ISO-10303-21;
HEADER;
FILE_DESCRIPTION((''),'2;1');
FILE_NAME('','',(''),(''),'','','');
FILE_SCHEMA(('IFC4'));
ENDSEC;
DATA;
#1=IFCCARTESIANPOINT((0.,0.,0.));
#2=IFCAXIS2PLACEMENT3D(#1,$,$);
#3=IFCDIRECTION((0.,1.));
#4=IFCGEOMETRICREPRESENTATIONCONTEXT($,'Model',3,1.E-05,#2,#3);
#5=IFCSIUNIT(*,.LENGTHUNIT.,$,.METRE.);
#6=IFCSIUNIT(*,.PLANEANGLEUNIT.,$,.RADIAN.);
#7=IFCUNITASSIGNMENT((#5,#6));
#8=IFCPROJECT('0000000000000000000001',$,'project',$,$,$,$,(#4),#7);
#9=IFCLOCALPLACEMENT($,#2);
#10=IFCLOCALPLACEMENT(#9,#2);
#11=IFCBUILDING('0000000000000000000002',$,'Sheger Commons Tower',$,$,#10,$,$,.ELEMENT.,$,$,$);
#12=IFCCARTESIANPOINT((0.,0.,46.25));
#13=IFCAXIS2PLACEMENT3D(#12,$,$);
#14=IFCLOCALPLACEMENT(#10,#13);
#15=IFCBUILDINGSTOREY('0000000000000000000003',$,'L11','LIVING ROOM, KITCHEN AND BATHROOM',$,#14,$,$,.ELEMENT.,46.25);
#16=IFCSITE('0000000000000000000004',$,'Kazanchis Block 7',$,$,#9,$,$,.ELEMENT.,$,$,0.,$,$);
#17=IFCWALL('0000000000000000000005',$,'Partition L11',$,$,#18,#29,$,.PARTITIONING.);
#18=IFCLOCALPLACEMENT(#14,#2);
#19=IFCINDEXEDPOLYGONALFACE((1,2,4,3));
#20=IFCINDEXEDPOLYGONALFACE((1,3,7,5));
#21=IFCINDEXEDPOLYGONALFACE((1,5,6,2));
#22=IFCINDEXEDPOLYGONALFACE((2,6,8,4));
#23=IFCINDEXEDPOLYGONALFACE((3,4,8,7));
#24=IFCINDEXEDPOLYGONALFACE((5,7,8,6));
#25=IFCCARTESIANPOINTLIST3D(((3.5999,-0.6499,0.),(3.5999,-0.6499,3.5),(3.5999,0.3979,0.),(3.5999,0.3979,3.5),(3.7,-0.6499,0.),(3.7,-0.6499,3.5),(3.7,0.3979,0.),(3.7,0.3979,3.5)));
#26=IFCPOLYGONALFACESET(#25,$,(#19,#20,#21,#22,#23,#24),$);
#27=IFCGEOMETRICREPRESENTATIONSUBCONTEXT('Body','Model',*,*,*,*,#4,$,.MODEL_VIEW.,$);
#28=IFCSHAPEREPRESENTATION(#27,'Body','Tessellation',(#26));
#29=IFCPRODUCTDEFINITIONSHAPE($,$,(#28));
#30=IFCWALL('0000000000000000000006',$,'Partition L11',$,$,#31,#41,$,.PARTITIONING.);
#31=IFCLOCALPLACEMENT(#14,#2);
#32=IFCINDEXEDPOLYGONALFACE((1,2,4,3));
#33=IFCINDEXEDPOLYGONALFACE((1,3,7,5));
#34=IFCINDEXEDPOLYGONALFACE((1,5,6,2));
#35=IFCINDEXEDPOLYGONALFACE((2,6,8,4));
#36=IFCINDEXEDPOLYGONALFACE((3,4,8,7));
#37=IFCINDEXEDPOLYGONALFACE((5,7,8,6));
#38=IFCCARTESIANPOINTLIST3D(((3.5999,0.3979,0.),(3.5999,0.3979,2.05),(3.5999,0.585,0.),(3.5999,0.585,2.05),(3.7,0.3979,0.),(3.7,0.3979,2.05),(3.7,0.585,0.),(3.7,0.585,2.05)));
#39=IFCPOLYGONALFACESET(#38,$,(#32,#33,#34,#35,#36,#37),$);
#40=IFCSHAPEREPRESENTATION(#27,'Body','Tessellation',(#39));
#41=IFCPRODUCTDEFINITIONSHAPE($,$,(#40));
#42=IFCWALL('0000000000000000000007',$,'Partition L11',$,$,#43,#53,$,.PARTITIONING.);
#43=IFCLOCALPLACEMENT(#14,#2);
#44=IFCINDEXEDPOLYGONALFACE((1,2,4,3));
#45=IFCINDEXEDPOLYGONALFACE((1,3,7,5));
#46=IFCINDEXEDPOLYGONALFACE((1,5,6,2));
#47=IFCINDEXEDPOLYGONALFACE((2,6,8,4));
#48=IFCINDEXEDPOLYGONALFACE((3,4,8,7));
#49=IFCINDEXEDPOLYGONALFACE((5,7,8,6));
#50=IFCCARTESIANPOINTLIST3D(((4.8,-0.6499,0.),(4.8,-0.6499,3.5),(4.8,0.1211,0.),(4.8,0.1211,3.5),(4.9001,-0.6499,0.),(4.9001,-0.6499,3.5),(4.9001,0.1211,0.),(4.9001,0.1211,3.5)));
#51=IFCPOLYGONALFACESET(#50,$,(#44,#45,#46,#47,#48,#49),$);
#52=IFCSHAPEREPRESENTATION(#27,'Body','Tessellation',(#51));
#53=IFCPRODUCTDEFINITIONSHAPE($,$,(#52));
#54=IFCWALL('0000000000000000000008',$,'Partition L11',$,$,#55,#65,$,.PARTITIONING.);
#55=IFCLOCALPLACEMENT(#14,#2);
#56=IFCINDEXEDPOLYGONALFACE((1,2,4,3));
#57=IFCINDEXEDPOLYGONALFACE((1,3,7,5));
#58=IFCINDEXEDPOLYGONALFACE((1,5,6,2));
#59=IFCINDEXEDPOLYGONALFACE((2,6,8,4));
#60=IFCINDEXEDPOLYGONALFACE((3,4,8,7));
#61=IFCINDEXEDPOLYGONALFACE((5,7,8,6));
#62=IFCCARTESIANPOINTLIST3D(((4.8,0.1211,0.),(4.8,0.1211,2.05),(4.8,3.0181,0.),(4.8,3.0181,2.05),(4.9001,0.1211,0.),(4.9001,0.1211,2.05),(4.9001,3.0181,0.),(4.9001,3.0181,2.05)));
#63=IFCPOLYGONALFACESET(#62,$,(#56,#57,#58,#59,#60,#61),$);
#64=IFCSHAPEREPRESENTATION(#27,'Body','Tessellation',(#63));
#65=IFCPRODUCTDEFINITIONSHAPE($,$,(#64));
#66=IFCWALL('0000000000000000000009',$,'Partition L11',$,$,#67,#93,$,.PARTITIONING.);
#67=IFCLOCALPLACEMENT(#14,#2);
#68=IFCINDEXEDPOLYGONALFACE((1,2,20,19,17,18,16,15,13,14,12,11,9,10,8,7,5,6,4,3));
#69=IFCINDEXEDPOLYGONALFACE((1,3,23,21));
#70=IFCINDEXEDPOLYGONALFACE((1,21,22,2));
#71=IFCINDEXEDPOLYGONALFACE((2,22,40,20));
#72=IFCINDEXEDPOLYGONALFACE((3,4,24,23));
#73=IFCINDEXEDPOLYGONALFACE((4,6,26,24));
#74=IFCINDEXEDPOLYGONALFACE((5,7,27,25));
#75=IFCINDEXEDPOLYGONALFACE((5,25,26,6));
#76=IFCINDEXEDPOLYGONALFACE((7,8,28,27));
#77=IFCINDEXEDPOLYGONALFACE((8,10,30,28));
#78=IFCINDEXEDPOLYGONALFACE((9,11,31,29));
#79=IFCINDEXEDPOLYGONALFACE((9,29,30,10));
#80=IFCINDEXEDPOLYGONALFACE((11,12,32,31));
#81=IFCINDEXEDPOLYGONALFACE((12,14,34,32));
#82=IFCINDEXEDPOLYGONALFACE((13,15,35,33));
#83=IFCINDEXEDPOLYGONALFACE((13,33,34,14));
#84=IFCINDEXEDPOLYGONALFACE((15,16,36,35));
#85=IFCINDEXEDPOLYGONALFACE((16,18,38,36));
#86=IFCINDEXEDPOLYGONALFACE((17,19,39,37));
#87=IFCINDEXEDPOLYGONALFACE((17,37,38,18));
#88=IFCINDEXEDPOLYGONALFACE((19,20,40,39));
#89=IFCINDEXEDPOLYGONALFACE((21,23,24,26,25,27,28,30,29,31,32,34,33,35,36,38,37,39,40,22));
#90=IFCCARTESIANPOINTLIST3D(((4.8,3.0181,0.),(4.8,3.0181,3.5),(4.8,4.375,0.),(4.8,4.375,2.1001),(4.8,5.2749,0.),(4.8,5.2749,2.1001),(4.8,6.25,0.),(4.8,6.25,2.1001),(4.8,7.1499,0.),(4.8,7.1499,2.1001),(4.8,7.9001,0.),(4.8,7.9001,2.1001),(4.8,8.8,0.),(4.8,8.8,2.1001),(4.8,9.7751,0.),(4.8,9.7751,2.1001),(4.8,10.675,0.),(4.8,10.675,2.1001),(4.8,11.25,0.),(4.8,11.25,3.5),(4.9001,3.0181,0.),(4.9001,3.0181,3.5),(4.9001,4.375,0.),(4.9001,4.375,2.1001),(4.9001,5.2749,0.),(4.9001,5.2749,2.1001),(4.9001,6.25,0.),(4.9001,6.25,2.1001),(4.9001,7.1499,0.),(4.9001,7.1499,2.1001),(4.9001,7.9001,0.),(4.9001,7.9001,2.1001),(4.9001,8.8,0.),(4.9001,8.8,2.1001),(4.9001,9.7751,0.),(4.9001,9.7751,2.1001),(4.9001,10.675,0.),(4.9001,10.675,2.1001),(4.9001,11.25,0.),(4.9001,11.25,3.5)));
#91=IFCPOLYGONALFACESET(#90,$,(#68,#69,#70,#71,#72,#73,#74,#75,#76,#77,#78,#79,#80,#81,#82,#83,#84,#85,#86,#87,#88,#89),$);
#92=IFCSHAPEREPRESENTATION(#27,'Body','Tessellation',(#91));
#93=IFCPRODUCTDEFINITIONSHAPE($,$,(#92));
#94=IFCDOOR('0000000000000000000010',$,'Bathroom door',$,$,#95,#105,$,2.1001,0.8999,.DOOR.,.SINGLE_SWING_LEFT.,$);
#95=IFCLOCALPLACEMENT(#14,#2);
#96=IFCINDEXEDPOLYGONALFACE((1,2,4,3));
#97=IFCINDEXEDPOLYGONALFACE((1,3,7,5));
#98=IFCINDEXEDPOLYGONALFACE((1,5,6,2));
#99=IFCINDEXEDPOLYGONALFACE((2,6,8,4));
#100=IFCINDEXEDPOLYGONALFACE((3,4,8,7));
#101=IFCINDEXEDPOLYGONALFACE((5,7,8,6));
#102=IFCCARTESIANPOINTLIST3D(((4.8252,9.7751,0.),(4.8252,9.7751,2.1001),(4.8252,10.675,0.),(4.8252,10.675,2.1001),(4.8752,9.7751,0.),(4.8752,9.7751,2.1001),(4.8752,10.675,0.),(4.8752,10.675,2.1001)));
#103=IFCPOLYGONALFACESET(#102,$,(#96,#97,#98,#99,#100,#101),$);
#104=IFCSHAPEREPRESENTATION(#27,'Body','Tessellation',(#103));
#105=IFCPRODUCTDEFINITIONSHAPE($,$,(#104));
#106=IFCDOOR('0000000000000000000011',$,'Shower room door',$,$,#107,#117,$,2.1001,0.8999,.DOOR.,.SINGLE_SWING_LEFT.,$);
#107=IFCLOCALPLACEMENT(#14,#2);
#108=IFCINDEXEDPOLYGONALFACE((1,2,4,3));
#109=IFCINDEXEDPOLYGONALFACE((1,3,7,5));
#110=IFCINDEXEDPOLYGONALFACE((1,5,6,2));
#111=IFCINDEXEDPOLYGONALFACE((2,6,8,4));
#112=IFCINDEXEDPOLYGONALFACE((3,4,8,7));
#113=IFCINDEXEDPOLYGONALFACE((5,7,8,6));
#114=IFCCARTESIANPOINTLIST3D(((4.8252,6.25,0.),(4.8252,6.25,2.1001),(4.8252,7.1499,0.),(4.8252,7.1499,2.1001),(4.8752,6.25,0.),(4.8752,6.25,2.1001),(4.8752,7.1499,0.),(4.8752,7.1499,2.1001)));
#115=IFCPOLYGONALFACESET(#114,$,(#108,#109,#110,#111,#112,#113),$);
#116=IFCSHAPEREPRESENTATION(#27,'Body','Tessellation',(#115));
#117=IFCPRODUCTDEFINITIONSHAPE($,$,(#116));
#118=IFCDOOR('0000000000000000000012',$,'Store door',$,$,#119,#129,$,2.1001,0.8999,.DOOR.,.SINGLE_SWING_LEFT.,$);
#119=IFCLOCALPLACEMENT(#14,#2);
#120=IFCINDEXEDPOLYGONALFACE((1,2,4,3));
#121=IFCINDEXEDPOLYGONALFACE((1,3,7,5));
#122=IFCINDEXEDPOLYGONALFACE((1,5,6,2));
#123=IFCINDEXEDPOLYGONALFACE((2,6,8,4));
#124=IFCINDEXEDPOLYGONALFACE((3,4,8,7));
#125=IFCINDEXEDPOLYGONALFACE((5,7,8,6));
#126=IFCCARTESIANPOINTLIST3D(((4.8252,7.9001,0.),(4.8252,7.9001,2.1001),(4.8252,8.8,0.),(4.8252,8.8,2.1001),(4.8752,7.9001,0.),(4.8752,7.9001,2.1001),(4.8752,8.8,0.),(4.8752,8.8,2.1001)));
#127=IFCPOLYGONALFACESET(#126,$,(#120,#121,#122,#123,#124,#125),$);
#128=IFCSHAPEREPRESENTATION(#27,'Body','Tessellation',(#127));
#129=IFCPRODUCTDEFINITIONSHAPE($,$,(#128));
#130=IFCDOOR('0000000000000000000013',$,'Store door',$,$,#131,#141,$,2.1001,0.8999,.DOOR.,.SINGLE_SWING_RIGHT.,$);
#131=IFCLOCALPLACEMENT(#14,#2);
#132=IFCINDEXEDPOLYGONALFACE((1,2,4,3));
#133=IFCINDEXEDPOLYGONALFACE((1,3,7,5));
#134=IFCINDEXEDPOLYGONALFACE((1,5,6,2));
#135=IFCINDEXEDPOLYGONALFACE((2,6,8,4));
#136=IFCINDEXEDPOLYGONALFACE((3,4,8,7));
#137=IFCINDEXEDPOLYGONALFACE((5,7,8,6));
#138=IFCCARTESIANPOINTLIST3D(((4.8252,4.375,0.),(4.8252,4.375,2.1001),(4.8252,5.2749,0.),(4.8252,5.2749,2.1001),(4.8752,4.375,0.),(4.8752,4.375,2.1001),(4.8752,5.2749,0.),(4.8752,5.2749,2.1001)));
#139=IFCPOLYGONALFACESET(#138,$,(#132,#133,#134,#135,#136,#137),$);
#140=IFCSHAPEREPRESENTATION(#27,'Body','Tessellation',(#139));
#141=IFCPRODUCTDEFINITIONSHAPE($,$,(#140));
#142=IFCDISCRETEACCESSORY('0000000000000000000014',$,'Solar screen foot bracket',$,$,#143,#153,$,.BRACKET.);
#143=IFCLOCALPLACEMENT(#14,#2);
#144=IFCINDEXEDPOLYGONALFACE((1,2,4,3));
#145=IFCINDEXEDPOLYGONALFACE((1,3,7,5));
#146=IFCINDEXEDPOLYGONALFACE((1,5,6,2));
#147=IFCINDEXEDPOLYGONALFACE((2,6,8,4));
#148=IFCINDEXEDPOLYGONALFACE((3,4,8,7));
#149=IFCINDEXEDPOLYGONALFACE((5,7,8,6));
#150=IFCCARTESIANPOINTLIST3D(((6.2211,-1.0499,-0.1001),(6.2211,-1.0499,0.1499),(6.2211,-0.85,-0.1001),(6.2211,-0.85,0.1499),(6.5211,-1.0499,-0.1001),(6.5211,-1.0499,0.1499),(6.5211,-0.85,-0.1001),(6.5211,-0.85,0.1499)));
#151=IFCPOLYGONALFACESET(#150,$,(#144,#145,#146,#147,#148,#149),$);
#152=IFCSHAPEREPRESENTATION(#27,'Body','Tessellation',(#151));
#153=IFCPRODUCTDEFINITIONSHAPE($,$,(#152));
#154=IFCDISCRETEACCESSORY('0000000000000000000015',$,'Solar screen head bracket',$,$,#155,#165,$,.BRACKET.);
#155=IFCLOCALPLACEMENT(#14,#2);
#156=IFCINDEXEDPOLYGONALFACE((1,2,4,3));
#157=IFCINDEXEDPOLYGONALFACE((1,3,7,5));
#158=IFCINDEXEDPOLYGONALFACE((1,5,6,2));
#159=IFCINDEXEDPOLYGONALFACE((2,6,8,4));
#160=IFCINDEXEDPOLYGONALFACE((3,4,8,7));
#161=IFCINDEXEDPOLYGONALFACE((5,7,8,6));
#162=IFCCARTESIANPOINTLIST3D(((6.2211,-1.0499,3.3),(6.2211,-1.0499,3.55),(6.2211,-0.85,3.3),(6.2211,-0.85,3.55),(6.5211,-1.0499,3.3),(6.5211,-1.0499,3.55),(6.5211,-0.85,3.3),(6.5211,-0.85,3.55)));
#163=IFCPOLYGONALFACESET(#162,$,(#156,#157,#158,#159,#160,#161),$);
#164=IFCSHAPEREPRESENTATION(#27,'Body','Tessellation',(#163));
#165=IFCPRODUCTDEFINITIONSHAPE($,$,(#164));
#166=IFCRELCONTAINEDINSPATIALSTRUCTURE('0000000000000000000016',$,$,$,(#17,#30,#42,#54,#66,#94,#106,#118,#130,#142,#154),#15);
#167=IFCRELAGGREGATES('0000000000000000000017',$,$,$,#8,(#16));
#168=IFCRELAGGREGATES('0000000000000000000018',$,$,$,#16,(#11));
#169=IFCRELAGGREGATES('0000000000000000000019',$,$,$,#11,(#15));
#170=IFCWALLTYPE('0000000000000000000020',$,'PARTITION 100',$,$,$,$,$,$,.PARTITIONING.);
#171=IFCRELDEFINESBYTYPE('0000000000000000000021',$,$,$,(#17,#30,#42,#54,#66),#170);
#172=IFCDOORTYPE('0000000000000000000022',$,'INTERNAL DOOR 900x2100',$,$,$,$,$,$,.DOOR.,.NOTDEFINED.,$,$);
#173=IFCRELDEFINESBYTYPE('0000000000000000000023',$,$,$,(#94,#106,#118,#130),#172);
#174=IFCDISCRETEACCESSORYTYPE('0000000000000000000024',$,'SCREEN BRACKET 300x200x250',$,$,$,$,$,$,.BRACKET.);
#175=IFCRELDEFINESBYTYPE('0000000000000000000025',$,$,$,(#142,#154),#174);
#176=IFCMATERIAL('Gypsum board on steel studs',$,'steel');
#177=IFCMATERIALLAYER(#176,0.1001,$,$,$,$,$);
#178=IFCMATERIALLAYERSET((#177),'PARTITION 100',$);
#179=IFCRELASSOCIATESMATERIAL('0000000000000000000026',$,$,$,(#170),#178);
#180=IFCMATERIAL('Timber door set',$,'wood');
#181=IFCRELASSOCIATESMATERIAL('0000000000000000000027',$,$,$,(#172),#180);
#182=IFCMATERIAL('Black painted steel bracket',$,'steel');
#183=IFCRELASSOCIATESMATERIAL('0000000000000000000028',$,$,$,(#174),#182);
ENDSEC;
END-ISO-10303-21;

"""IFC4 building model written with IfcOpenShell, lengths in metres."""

from ifc_helpers import new_model, si_unit, direction, frame, frame_2d, origin, origin_2d, place, context, subcontext, project, spatial, rectangle, extrude, material, layer, layer_set, type_object, element, fill, save


model = new_model("IFC4")

# Units and contexts
model_context = context("Model", 3, precision=1e-05, world=origin(), true_north=direction((0.0, 1.0)))
body_context = subcontext(model_context, "Body", "Model", "MODEL_VIEW")
ifc_project = project(units=[si_unit("LENGTHUNIT", "METRE"), si_unit("PLANEANGLEUNIT", "RADIAN")], contexts=[model_context])

# Site, building, storey
site_placement = place(None, origin())
site = spatial("IfcSite", under=ifc_project, at=site_placement, Name="Kazanchis Block 7", CompositionType="ELEMENT", RefElevation=0.0)
building_placement = place(site_placement, origin())
building = spatial("IfcBuilding", under=site, at=building_placement, Name="Sheger Commons Tower", CompositionType="ELEMENT")
storey_placement = place(building_placement, frame((0.0, 0.0, 46.25)))
storey = spatial("IfcBuildingStorey", under=building, at=storey_placement, Name="L11", Description="LIVING ROOM, KITCHEN AND BATHROOM", CompositionType="ELEMENT", Elevation=46.25)

# Walls
ifc_material_1 = material(Name="Gypsum board on steel studs", Category="steel")
ifc_layer_1 = layer(ifc_material_1, 0.1001)
ifc_layer_set_1 = layer_set([ifc_layer_1], Name="PARTITION 100")
wall_type_1 = type_object("IfcWallType", Name="PARTITION 100", PredefinedType="PARTITIONING", material=ifc_layer_set_1)
wall_1_placement = place(storey_placement, frame((3.6499, -0.6499, 0.0), z_axis=(0.0, 0.0, 1.0), x_axis=(0.0, 1.0, 0.0)))
element("IfcWall", 1, at=wall_1_placement, inside=storey, type_object=wall_type_1, Name="Partition L11", PredefinedType="PARTITIONING", context=body_context, shape_type="SweptSolid", body=[
    extrude(rectangle(XDim=1.0479, YDim=0.1001, at=frame_2d((0.5239, 0.0))), origin(), (0.0, 0.0, 1.0), 3.5),
])
wall_2_placement = place(storey_placement, frame((3.6499, 0.3979, 0.0), z_axis=(0.0, 0.0, 1.0), x_axis=(0.0, 1.0, 0.0)))
element("IfcWall", 2, at=wall_2_placement, inside=storey, type_object=wall_type_1, Name="Partition L11", PredefinedType="PARTITIONING", context=body_context, shape_type="SweptSolid", body=[
    extrude(rectangle(XDim=0.187, YDim=0.1001, at=frame_2d((0.0935, 0.0))), origin(), (0.0, 0.0, 1.0), 2.05),
])
wall_3_placement = place(storey_placement, frame((4.8501, -0.6499, 0.0), z_axis=(0.0, 0.0, 1.0), x_axis=(0.0, 1.0, 0.0)))
element("IfcWall", 3, at=wall_3_placement, inside=storey, type_object=wall_type_1, Name="Partition L11", PredefinedType="PARTITIONING", context=body_context, shape_type="SweptSolid", body=[
    extrude(rectangle(XDim=0.771, YDim=0.1001, at=frame_2d((0.3855, 0.0))), origin(), (0.0, 0.0, 1.0), 3.5),
])
wall_4_placement = place(storey_placement, frame((4.8501, 0.1211, 0.0), z_axis=(0.0, 0.0, 1.0), x_axis=(0.0, 1.0, 0.0)))
element("IfcWall", 4, at=wall_4_placement, inside=storey, type_object=wall_type_1, Name="Partition L11", PredefinedType="PARTITIONING", context=body_context, shape_type="SweptSolid", body=[
    extrude(rectangle(XDim=2.897, YDim=0.1001, at=frame_2d((1.4485, 0.0))), origin(), (0.0, 0.0, 1.0), 2.05),
])

# Wall, openings, doors
wall_5_placement = place(storey_placement, frame((4.8501, 3.0181, 0.0), z_axis=(0.0, 0.0, 1.0), x_axis=(0.0, 1.0, 0.0)))
wall_5 = element("IfcWall", 5, at=wall_5_placement, inside=storey, type_object=wall_type_1, Name="Partition L11", PredefinedType="PARTITIONING", context=body_context, shape_type="SweptSolid", body=[
    extrude(rectangle(XDim=8.2319, YDim=0.1001, at=frame_2d((4.116, 0.0))), origin(), (0.0, 0.0, 1.0), 3.5),
])
opening_1_placement = place(wall_5_placement, frame((6.7571, 0.0, 0.0)))
opening_1 = element("IfcOpeningElement", 6, at=opening_1_placement, cuts=wall_5, PredefinedType="OPENING", context=body_context, shape_type="SweptSolid", body=[
    extrude(rectangle(XDim=0.8999, YDim=2.1001, at=frame_2d((0.45, 1.05))), frame((0.0, 0.0601, 0.0), z_axis=(0.0, -1.0, 0.0), x_axis=(1.0, 0.0, 0.0)), (0.0, 0.0, 1.0), 0.1201),
])
opening_2_placement = place(wall_5_placement, frame((3.2319, 0.0, 0.0)))
opening_2 = element("IfcOpeningElement", 7, at=opening_2_placement, cuts=wall_5, PredefinedType="OPENING", context=body_context, shape_type="SweptSolid", body=[
    extrude(rectangle(XDim=0.8999, YDim=2.1001, at=frame_2d((0.45, 1.05))), frame((0.0, 0.0601, 0.0), z_axis=(0.0, -1.0, 0.0), x_axis=(1.0, 0.0, 0.0)), (0.0, 0.0, 1.0), 0.1201),
])
opening_3_placement = place(wall_5_placement, frame((4.8821, 0.0, 0.0)))
opening_3 = element("IfcOpeningElement", 8, at=opening_3_placement, cuts=wall_5, PredefinedType="OPENING", context=body_context, shape_type="SweptSolid", body=[
    extrude(rectangle(XDim=0.8999, YDim=2.1001, at=frame_2d((0.45, 1.05))), frame((0.0, 0.0601, 0.0), z_axis=(0.0, -1.0, 0.0), x_axis=(1.0, 0.0, 0.0)), (0.0, 0.0, 1.0), 0.1201),
])
opening_4_placement = place(wall_5_placement, frame((1.3569, 0.0, 0.0)))
opening_4 = element("IfcOpeningElement", 9, at=opening_4_placement, cuts=wall_5, PredefinedType="OPENING", context=body_context, shape_type="SweptSolid", body=[
    extrude(rectangle(XDim=0.8999, YDim=2.1001, at=frame_2d((0.45, 1.05))), frame((0.0, 0.0601, 0.0), z_axis=(0.0, -1.0, 0.0), x_axis=(1.0, 0.0, 0.0)), (0.0, 0.0, 1.0), 0.1201),
])
ifc_material_2 = material(Name="Timber door set", Category="wood")
door_type = type_object("IfcDoorType", Name="INTERNAL DOOR 900x2100", OperationType="NOTDEFINED", PredefinedType="DOOR", material=ifc_material_2)
door_1_placement = place(opening_1_placement, origin())
door_1 = element("IfcDoor", 10, at=door_1_placement, inside=storey, type_object=door_type, Name="Bathroom door", OperationType="SINGLE_SWING_LEFT", OverallHeight=2.1001, OverallWidth=0.8999, PredefinedType="DOOR", context=body_context, shape_type="SweptSolid", body=[
    extrude(rectangle(XDim=0.8999, YDim=2.1001, at=frame_2d((0.45, 1.05))), frame((0.0, 0.0249, 0.0), z_axis=(0.0, -1.0, 0.0), x_axis=(1.0, 0.0, 0.0)), (0.0, 0.0, 1.0), 0.05),
])
fill(opening_1, door_1)
door_2_placement = place(opening_2_placement, origin())
door_2 = element("IfcDoor", 11, at=door_2_placement, inside=storey, type_object=door_type, Name="Shower room door", OperationType="SINGLE_SWING_LEFT", OverallHeight=2.1001, OverallWidth=0.8999, PredefinedType="DOOR", context=body_context, shape_type="SweptSolid", body=[
    extrude(rectangle(XDim=0.8999, YDim=2.1001, at=frame_2d((0.45, 1.05))), frame((0.0, 0.0249, 0.0), z_axis=(0.0, -1.0, 0.0), x_axis=(1.0, 0.0, 0.0)), (0.0, 0.0, 1.0), 0.05),
])
fill(opening_2, door_2)
door_3_placement = place(opening_3_placement, origin())
door_3 = element("IfcDoor", 12, at=door_3_placement, inside=storey, type_object=door_type, Name="Store door", OperationType="SINGLE_SWING_LEFT", OverallHeight=2.1001, OverallWidth=0.8999, PredefinedType="DOOR", context=body_context, shape_type="SweptSolid", body=[
    extrude(rectangle(XDim=0.8999, YDim=2.1001, at=frame_2d((0.45, 1.05))), frame((0.0, 0.0249, 0.0), z_axis=(0.0, -1.0, 0.0), x_axis=(1.0, 0.0, 0.0)), (0.0, 0.0, 1.0), 0.05),
])
fill(opening_3, door_3)
door_4_placement = place(opening_4_placement, origin())
door_4 = element("IfcDoor", 13, at=door_4_placement, inside=storey, type_object=door_type, Name="Store door", OperationType="SINGLE_SWING_RIGHT", OverallHeight=2.1001, OverallWidth=0.8999, PredefinedType="DOOR", context=body_context, shape_type="SweptSolid", body=[
    extrude(rectangle(XDim=0.8999, YDim=2.1001, at=frame_2d((0.45, 1.05))), frame((0.0, 0.0249, 0.0), z_axis=(0.0, -1.0, 0.0), x_axis=(1.0, 0.0, 0.0)), (0.0, 0.0, 1.0), 0.05),
])
fill(opening_4, door_4)

# Discrete accessories
ifc_material_3 = material(Name="Black painted steel bracket", Category="steel")
discrete_accessory_type = type_object("IfcDiscreteAccessoryType", Name="SCREEN BRACKET 300x200x250", PredefinedType="BRACKET", material=ifc_material_3)
for number, where, z_axis, x_axis, name in (
    (14, (6.3711, -0.95, -0.1001), (0.0, 0.0, 1.0), (1.0, 0.0, 0.0), "Solar screen foot bracket"),
    (15, (6.3711, -0.95, 3.3), (0.0, 0.0, 1.0), (1.0, 0.0, 0.0), "Solar screen head bracket"),
):
    element("IfcDiscreteAccessory", number, at=place(storey_placement, frame(where, z_axis=z_axis, x_axis=x_axis)), inside=storey, type_object=discrete_accessory_type, Name=name, PredefinedType="BRACKET", context=body_context, shape_type="SweptSolid", body=[
        extrude(rectangle(XDim=0.3, YDim=0.2, at=origin_2d()), origin(), (0.0, 0.0, 1.0), 0.25),
    ])

save(model, "model.ifc")
